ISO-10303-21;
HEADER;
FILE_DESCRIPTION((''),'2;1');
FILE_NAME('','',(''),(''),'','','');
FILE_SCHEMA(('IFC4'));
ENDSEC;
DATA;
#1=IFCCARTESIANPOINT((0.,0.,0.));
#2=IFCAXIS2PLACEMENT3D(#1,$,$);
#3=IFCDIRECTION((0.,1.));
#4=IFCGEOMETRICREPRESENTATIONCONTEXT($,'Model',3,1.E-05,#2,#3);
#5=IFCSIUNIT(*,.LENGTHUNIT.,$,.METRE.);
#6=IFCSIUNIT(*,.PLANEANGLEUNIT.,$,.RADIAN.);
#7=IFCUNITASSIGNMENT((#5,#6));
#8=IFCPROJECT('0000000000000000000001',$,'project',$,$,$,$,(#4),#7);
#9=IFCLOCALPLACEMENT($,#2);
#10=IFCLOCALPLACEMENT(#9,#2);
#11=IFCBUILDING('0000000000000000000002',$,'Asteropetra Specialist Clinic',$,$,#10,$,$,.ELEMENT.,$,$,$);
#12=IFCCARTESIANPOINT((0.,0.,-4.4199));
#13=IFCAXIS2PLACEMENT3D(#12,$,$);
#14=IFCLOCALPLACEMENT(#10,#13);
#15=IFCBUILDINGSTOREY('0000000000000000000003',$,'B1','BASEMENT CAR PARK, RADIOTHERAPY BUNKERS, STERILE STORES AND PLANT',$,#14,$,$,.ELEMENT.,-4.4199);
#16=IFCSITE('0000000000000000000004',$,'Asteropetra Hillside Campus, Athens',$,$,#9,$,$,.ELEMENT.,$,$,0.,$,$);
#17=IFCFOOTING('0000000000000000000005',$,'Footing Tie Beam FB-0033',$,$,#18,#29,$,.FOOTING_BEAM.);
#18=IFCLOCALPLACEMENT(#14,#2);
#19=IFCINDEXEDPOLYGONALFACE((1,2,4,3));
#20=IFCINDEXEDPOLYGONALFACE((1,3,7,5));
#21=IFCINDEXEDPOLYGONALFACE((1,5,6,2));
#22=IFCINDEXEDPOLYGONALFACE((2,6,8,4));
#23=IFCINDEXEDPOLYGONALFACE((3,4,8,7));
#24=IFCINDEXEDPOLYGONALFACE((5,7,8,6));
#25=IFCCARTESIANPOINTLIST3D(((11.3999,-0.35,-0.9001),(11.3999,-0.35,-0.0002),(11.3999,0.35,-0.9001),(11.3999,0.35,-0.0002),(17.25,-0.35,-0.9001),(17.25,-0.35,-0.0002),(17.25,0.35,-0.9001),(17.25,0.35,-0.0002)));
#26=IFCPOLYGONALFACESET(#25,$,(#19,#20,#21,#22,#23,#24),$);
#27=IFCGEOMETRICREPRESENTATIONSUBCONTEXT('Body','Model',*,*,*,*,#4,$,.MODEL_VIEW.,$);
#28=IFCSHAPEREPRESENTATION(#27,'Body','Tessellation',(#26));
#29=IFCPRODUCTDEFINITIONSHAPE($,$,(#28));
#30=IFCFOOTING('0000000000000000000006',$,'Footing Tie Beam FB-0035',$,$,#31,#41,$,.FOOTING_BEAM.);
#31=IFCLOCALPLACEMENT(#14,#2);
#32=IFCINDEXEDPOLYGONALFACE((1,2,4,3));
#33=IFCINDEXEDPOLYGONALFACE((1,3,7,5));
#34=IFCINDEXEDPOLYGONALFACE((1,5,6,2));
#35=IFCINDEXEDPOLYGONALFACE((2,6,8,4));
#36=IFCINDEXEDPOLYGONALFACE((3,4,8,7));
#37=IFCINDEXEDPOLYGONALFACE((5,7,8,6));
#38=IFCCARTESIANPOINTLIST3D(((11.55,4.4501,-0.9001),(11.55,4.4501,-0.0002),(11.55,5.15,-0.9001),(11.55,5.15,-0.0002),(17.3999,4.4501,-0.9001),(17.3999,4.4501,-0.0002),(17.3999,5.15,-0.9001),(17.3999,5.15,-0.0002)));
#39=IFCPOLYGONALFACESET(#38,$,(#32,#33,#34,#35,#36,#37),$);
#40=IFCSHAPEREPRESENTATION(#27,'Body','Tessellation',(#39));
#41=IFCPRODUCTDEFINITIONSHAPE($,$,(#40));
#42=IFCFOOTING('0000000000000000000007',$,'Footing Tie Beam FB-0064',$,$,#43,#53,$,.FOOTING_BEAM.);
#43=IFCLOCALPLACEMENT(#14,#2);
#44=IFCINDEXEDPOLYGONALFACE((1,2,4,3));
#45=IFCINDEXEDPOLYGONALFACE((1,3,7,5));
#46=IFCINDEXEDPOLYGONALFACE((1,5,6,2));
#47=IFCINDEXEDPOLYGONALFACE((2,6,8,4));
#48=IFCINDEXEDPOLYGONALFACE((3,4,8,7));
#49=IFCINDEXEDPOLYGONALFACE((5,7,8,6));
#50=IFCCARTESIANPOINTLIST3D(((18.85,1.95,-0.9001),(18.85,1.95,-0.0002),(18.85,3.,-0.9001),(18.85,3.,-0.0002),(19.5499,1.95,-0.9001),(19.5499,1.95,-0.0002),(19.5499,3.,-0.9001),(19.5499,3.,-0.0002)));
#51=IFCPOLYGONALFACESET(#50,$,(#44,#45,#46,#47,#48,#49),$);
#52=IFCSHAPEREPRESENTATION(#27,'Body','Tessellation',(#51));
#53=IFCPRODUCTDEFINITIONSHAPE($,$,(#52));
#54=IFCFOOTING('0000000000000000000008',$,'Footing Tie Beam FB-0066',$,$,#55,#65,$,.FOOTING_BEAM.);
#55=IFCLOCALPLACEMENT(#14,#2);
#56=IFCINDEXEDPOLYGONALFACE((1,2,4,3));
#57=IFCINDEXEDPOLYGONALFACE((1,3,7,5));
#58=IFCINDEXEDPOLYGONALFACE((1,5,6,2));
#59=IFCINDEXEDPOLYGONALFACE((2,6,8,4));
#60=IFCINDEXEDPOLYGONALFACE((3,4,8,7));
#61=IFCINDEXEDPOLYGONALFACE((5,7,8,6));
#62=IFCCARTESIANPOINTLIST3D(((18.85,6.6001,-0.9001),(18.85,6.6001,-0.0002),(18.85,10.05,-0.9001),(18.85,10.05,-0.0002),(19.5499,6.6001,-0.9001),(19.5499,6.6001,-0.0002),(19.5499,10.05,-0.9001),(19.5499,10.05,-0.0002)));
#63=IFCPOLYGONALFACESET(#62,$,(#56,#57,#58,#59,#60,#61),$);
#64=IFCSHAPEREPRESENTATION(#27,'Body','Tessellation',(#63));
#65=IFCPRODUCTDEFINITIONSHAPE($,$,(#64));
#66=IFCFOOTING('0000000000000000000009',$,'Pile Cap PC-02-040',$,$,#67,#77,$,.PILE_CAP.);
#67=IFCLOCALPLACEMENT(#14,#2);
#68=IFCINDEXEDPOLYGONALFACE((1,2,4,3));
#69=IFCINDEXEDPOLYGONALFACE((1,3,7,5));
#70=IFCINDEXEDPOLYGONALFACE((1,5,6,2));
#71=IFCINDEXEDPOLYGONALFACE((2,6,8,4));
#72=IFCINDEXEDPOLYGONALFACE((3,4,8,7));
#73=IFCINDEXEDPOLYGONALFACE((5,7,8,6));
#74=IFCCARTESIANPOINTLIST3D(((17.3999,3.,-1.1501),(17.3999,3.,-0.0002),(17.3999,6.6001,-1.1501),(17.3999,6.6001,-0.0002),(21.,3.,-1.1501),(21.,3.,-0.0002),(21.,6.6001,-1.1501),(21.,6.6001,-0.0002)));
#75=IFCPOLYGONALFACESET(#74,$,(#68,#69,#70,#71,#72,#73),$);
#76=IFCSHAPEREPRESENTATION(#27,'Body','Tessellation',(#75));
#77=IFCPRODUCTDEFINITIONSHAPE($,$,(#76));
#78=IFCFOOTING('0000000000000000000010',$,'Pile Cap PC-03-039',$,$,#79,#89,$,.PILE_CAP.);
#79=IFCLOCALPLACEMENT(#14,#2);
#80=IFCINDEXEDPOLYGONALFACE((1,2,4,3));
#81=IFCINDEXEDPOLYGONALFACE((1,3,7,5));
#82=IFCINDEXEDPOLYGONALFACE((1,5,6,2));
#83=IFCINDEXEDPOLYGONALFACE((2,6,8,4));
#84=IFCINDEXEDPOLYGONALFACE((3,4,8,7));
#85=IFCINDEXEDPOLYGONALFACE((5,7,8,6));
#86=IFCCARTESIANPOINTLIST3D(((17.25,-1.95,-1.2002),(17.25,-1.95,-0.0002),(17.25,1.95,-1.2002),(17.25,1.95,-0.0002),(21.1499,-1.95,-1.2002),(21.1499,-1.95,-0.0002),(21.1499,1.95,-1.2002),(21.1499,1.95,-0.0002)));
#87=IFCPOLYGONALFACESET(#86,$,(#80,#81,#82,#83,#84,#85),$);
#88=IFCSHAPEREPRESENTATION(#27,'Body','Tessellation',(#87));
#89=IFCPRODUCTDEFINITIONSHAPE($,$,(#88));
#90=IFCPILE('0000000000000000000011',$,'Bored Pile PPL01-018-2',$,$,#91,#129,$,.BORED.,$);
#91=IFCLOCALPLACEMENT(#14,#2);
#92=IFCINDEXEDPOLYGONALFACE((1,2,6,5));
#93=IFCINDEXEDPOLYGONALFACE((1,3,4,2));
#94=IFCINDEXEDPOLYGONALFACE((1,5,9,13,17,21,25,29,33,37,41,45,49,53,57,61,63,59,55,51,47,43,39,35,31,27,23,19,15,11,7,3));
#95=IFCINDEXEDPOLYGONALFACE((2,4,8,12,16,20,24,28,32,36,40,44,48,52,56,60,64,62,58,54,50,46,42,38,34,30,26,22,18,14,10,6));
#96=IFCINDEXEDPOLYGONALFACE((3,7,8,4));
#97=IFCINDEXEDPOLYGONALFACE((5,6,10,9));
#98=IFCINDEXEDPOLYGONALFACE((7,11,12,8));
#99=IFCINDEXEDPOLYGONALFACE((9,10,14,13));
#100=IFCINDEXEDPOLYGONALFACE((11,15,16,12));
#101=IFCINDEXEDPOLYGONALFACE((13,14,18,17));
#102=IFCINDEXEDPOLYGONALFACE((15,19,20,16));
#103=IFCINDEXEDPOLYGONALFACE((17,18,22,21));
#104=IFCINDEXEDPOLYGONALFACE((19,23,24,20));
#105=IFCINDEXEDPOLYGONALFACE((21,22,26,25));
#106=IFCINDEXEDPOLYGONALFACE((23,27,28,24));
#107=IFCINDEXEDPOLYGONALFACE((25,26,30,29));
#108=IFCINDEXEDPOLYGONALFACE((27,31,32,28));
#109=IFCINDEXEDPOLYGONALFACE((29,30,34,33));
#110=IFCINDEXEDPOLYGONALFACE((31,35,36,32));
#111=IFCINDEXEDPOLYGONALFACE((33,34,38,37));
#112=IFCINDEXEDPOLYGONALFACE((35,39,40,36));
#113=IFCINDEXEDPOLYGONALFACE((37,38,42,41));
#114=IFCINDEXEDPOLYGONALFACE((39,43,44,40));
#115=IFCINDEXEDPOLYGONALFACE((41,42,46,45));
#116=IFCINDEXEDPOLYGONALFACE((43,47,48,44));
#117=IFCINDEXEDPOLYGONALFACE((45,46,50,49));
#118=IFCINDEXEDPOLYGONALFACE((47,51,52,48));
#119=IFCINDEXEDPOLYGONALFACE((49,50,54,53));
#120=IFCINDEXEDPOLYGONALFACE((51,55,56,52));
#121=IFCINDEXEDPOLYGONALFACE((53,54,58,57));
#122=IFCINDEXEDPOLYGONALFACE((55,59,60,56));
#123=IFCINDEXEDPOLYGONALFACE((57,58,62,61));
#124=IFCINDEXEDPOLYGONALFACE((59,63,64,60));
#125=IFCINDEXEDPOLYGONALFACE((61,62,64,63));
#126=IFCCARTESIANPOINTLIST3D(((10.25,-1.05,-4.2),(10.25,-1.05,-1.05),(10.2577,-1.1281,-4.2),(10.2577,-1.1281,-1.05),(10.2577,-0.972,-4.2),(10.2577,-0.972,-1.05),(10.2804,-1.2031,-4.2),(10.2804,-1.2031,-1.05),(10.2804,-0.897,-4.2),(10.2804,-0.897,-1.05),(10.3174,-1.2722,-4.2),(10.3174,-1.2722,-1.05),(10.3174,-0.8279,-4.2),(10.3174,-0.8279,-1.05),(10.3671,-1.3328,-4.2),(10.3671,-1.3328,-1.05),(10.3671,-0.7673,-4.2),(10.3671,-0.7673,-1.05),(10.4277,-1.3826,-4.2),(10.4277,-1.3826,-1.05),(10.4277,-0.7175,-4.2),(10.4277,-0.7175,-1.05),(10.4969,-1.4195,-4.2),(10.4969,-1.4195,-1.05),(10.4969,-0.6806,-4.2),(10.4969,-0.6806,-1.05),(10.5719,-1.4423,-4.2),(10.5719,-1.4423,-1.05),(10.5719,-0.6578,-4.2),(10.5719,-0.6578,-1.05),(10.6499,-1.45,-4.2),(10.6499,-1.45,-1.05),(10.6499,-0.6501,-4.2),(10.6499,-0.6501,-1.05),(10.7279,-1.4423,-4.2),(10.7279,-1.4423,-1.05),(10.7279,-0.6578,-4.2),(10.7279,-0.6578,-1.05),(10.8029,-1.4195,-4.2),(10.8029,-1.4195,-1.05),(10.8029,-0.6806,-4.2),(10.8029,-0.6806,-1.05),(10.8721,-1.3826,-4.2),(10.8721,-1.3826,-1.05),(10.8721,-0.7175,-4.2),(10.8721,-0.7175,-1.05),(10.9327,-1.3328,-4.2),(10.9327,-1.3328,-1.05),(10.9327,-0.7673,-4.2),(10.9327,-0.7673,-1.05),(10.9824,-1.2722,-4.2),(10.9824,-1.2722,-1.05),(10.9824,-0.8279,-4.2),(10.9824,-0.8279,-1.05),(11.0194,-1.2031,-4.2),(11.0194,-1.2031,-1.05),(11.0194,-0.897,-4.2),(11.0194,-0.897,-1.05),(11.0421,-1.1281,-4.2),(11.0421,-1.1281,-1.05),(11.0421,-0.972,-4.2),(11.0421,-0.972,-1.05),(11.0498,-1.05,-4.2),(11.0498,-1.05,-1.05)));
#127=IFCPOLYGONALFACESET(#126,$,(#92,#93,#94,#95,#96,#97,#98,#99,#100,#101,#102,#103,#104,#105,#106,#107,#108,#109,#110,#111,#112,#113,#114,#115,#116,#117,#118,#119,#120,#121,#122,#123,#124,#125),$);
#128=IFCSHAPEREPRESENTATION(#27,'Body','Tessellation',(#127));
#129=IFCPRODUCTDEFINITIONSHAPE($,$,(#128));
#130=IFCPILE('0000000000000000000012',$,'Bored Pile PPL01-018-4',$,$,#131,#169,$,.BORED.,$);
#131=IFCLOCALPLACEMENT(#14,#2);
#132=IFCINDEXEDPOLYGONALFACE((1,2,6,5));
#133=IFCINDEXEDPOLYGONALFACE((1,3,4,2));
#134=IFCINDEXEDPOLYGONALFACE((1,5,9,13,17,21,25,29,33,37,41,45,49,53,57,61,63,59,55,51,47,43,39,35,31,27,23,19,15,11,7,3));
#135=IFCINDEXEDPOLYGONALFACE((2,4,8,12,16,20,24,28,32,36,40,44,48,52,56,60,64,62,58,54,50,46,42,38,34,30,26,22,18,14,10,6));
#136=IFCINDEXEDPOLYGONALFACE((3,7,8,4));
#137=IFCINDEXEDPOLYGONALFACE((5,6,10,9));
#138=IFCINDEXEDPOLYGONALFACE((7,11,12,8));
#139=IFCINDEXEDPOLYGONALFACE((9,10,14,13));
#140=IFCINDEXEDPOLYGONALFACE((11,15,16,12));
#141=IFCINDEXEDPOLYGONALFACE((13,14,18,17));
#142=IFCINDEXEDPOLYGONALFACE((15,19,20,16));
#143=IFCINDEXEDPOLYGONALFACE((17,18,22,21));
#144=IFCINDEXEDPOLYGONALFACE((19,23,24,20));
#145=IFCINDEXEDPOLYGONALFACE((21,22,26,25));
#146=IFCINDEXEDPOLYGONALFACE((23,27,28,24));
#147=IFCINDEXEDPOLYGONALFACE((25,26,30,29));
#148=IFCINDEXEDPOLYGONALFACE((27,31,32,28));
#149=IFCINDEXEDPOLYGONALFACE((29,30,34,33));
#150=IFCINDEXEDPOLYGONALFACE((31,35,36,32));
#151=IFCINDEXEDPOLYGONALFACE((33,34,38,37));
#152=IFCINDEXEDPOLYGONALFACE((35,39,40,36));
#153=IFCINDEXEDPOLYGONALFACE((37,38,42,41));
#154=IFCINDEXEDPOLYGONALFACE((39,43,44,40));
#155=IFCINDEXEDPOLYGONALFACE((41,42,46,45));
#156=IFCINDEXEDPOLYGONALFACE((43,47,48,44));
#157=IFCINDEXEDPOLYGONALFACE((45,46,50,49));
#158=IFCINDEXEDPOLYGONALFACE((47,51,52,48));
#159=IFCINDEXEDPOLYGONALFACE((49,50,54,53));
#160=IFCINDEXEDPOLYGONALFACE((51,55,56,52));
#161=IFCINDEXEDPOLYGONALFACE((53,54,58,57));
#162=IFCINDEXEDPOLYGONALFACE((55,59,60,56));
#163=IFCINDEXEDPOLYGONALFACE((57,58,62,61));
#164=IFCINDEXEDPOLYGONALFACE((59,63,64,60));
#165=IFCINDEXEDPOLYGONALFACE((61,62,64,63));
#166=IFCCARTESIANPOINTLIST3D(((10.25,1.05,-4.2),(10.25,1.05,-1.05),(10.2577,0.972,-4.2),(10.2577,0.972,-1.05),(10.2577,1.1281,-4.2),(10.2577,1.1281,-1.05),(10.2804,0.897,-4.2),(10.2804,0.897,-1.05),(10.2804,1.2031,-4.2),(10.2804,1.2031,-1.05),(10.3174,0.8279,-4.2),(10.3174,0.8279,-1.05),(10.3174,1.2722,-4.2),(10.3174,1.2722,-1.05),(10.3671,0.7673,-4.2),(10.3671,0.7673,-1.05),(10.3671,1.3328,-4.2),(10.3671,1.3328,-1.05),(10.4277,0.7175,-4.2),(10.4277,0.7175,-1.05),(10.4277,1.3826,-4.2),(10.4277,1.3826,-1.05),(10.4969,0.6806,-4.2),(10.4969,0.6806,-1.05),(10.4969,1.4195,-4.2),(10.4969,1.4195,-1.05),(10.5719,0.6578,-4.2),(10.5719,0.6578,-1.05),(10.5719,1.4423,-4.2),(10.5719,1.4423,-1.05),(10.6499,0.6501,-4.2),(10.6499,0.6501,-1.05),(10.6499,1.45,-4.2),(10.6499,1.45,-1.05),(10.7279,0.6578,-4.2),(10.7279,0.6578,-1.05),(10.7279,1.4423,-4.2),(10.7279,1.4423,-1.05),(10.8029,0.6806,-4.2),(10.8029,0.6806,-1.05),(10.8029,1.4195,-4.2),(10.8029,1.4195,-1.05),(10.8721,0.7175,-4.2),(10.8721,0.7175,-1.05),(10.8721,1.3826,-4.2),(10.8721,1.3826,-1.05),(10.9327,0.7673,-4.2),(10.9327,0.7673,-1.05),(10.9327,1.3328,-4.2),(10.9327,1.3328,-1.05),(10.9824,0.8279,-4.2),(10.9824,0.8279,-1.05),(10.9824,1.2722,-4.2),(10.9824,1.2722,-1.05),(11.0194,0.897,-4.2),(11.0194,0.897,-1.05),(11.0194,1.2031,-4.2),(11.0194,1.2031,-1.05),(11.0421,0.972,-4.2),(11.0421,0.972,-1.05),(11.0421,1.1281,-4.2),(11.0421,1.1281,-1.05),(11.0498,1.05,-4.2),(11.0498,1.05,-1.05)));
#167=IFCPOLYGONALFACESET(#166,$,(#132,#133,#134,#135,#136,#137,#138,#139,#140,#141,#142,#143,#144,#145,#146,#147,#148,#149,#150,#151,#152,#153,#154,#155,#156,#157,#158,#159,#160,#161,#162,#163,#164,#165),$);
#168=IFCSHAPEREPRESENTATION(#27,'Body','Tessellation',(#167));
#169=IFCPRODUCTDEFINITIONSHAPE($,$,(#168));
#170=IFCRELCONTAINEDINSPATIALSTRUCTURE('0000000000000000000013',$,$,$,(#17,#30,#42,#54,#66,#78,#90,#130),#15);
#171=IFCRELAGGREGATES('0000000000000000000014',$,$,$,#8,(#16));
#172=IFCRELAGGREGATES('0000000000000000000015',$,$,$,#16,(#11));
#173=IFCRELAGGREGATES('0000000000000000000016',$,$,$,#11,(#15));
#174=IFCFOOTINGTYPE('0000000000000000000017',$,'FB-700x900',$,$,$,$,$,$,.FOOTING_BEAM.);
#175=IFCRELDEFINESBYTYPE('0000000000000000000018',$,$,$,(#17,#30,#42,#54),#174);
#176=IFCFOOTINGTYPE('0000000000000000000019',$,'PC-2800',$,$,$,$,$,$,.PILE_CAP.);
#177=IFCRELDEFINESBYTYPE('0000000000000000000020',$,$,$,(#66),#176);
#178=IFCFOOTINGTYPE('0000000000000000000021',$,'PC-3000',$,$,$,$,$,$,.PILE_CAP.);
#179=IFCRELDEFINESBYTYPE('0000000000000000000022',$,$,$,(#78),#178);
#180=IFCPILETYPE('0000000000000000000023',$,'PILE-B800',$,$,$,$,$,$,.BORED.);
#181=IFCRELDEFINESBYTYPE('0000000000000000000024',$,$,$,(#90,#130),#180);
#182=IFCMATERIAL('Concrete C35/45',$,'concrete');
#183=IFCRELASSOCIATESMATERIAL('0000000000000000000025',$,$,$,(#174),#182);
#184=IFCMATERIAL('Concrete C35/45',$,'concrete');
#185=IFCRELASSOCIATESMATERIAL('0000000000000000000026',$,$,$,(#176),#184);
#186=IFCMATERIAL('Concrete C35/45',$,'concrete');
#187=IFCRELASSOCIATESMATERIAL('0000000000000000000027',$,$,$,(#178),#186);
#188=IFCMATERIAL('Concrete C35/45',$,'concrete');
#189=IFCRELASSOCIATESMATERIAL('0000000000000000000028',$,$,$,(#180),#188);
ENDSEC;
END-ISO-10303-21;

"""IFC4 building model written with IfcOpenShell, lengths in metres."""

from ifc_helpers import new_model, si_unit, direction, frame, origin, origin_2d, place, context, subcontext, project, spatial, rectangle, circle, extrude, material, material_profile, profile_set, type_object, element, save


model = new_model("IFC4")

# Units and contexts
model_context = context("Model", 3, precision=1e-05, world=origin(), true_north=direction((0.0, 1.0)))
body_context = subcontext(model_context, "Body", "Model", "MODEL_VIEW")
ifc_project = project(units=[si_unit("LENGTHUNIT", "METRE"), si_unit("PLANEANGLEUNIT", "RADIAN")], contexts=[model_context])

# Site, building, storey
site_placement = place(None, origin())
site = spatial("IfcSite", under=ifc_project, at=site_placement, Name="Asteropetra Hillside Campus, Athens", CompositionType="ELEMENT", RefElevation=0.0)
building_placement = place(site_placement, origin())
building = spatial("IfcBuilding", under=site, at=building_placement, Name="Asteropetra Specialist Clinic", CompositionType="ELEMENT")
storey_placement = place(building_placement, frame((0.0, 0.0, -4.4199)))
storey = spatial("IfcBuildingStorey", under=building, at=storey_placement, Name="B1", Description="BASEMENT CAR PARK, RADIOTHERAPY BUNKERS, STERILE STORES AND PLANT", CompositionType="ELEMENT", Elevation=-4.4199)

# Footings
ifc_material_1 = material(Name="Concrete C35/45", Category="concrete")
ifc_material_profile_1 = material_profile(ifc_material_1, rectangle(XDim=0.7, YDim=0.8999, at=origin_2d()), Name="FB 700x900")
ifc_profile_set_1 = profile_set([ifc_material_profile_1], Name="Concrete C35/45")
footing_type_1 = type_object("IfcFootingType", Name="FB-700x900", PredefinedType="FOOTING_BEAM", material=ifc_profile_set_1)
footing_1_placement = place(storey_placement, frame((11.3999, 0.0, -0.4502), z_axis=(1.0, 0.0, 0.0), x_axis=(0.0, 1.0, 0.0)))
element("IfcFooting", 1, at=footing_1_placement, inside=storey, type_object=footing_type_1, Name="Footing Tie Beam FB-0033", PredefinedType="FOOTING_BEAM", context=body_context, shape_type="SweptSolid", body=[
    extrude(rectangle(XDim=0.7, YDim=0.8999, at=origin_2d()), origin(), (0.0, 0.0, 1.0), 5.8501),
])
footing_2_placement = place(storey_placement, frame((11.55, 4.8, -0.4502), z_axis=(1.0, 0.0, 0.0), x_axis=(0.0, 1.0, 0.0)))
element("IfcFooting", 2, at=footing_2_placement, inside=storey, type_object=footing_type_1, Name="Footing Tie Beam FB-0035", PredefinedType="FOOTING_BEAM", context=body_context, shape_type="SweptSolid", body=[
    extrude(rectangle(XDim=0.7, YDim=0.8999, at=origin_2d()), origin(), (0.0, 0.0, 1.0), 5.8499),
])
footing_3_placement = place(storey_placement, frame((19.2, 1.95, -0.4502), z_axis=(0.0, 1.0, 0.0), x_axis=(-1.0, 0.0, 0.0)))
element("IfcFooting", 3, at=footing_3_placement, inside=storey, type_object=footing_type_1, Name="Footing Tie Beam FB-0064", PredefinedType="FOOTING_BEAM", context=body_context, shape_type="SweptSolid", body=[
    extrude(rectangle(XDim=0.7, YDim=0.8999, at=origin_2d()), origin(), (0.0, 0.0, 1.0), 1.05),
])
footing_4_placement = place(storey_placement, frame((19.2, 6.6001, -0.4502), z_axis=(0.0, 1.0, 0.0), x_axis=(-1.0, 0.0, 0.0)))
element("IfcFooting", 4, at=footing_4_placement, inside=storey, type_object=footing_type_1, Name="Footing Tie Beam FB-0066", PredefinedType="FOOTING_BEAM", context=body_context, shape_type="SweptSolid", body=[
    extrude(rectangle(XDim=0.7, YDim=0.8999, at=origin_2d()), origin(), (0.0, 0.0, 1.0), 3.45),
])
ifc_material_2 = material(Name="Concrete C35/45", Category="concrete")
footing_type_2 = type_object("IfcFootingType", Name="PC-2800", PredefinedType="PILE_CAP", material=ifc_material_2)
footing_5_placement = place(storey_placement, frame((19.2, 4.8, -1.1501), z_axis=(0.0, 0.0, 1.0), x_axis=(1.0, 0.0, 0.0)))
element("IfcFooting", 5, at=footing_5_placement, inside=storey, type_object=footing_type_2, Name="Pile Cap PC-02-040", PredefinedType="PILE_CAP", context=body_context, shape_type="SweptSolid", body=[
    extrude(rectangle(XDim=3.6001, YDim=3.6001, at=origin_2d()), origin(), (0.0, 0.0, 1.0), 1.1499),
])
ifc_material_3 = material(Name="Concrete C35/45", Category="concrete")
footing_type_3 = type_object("IfcFootingType", Name="PC-3000", PredefinedType="PILE_CAP", material=ifc_material_3)
footing_6_placement = place(storey_placement, frame((19.2, 0.0, -1.2002), z_axis=(0.0, 0.0, 1.0), x_axis=(1.0, 0.0, 0.0)))
element("IfcFooting", 6, at=footing_6_placement, inside=storey, type_object=footing_type_3, Name="Pile Cap PC-03-039", PredefinedType="PILE_CAP", context=body_context, shape_type="SweptSolid", body=[
    extrude(rectangle(XDim=3.8999, YDim=3.8999, at=origin_2d()), origin(), (0.0, 0.0, 1.0), 1.2),
])

# Piles
ifc_material_4 = material(Name="Concrete C35/45", Category="concrete")
ifc_material_profile_2 = material_profile(ifc_material_4, circle(Radius=0.3999, at=origin_2d()), Name="PILE D800")
ifc_profile_set_2 = profile_set([ifc_material_profile_2], Name="Concrete C35/45")
pile_type_1 = type_object("IfcPileType", Name="PILE-B800", PredefinedType="BORED", material=ifc_profile_set_2)
for number, where, z_axis, x_axis, name in (
    (7, (10.6499, -1.05, -1.05), (0.0, 0.0, -1.0), (1.0, 0.0, 0.0), "Bored Pile PPL01-018-2"),
    (8, (10.6499, 1.05, -1.05), (0.0, 0.0, -1.0), (1.0, 0.0, 0.0), "Bored Pile PPL01-018-4"),
):
    element("IfcPile", number, at=place(storey_placement, frame(where, z_axis=z_axis, x_axis=x_axis)), inside=storey, type_object=pile_type_1, Name=name, PredefinedType="BORED", context=body_context, shape_type="SweptSolid", body=[
        extrude(circle(Radius=0.3999, at=origin_2d()), origin(), (0.0, 0.0, 1.0), 3.1499),
    ])

save(model, "model.ifc")
